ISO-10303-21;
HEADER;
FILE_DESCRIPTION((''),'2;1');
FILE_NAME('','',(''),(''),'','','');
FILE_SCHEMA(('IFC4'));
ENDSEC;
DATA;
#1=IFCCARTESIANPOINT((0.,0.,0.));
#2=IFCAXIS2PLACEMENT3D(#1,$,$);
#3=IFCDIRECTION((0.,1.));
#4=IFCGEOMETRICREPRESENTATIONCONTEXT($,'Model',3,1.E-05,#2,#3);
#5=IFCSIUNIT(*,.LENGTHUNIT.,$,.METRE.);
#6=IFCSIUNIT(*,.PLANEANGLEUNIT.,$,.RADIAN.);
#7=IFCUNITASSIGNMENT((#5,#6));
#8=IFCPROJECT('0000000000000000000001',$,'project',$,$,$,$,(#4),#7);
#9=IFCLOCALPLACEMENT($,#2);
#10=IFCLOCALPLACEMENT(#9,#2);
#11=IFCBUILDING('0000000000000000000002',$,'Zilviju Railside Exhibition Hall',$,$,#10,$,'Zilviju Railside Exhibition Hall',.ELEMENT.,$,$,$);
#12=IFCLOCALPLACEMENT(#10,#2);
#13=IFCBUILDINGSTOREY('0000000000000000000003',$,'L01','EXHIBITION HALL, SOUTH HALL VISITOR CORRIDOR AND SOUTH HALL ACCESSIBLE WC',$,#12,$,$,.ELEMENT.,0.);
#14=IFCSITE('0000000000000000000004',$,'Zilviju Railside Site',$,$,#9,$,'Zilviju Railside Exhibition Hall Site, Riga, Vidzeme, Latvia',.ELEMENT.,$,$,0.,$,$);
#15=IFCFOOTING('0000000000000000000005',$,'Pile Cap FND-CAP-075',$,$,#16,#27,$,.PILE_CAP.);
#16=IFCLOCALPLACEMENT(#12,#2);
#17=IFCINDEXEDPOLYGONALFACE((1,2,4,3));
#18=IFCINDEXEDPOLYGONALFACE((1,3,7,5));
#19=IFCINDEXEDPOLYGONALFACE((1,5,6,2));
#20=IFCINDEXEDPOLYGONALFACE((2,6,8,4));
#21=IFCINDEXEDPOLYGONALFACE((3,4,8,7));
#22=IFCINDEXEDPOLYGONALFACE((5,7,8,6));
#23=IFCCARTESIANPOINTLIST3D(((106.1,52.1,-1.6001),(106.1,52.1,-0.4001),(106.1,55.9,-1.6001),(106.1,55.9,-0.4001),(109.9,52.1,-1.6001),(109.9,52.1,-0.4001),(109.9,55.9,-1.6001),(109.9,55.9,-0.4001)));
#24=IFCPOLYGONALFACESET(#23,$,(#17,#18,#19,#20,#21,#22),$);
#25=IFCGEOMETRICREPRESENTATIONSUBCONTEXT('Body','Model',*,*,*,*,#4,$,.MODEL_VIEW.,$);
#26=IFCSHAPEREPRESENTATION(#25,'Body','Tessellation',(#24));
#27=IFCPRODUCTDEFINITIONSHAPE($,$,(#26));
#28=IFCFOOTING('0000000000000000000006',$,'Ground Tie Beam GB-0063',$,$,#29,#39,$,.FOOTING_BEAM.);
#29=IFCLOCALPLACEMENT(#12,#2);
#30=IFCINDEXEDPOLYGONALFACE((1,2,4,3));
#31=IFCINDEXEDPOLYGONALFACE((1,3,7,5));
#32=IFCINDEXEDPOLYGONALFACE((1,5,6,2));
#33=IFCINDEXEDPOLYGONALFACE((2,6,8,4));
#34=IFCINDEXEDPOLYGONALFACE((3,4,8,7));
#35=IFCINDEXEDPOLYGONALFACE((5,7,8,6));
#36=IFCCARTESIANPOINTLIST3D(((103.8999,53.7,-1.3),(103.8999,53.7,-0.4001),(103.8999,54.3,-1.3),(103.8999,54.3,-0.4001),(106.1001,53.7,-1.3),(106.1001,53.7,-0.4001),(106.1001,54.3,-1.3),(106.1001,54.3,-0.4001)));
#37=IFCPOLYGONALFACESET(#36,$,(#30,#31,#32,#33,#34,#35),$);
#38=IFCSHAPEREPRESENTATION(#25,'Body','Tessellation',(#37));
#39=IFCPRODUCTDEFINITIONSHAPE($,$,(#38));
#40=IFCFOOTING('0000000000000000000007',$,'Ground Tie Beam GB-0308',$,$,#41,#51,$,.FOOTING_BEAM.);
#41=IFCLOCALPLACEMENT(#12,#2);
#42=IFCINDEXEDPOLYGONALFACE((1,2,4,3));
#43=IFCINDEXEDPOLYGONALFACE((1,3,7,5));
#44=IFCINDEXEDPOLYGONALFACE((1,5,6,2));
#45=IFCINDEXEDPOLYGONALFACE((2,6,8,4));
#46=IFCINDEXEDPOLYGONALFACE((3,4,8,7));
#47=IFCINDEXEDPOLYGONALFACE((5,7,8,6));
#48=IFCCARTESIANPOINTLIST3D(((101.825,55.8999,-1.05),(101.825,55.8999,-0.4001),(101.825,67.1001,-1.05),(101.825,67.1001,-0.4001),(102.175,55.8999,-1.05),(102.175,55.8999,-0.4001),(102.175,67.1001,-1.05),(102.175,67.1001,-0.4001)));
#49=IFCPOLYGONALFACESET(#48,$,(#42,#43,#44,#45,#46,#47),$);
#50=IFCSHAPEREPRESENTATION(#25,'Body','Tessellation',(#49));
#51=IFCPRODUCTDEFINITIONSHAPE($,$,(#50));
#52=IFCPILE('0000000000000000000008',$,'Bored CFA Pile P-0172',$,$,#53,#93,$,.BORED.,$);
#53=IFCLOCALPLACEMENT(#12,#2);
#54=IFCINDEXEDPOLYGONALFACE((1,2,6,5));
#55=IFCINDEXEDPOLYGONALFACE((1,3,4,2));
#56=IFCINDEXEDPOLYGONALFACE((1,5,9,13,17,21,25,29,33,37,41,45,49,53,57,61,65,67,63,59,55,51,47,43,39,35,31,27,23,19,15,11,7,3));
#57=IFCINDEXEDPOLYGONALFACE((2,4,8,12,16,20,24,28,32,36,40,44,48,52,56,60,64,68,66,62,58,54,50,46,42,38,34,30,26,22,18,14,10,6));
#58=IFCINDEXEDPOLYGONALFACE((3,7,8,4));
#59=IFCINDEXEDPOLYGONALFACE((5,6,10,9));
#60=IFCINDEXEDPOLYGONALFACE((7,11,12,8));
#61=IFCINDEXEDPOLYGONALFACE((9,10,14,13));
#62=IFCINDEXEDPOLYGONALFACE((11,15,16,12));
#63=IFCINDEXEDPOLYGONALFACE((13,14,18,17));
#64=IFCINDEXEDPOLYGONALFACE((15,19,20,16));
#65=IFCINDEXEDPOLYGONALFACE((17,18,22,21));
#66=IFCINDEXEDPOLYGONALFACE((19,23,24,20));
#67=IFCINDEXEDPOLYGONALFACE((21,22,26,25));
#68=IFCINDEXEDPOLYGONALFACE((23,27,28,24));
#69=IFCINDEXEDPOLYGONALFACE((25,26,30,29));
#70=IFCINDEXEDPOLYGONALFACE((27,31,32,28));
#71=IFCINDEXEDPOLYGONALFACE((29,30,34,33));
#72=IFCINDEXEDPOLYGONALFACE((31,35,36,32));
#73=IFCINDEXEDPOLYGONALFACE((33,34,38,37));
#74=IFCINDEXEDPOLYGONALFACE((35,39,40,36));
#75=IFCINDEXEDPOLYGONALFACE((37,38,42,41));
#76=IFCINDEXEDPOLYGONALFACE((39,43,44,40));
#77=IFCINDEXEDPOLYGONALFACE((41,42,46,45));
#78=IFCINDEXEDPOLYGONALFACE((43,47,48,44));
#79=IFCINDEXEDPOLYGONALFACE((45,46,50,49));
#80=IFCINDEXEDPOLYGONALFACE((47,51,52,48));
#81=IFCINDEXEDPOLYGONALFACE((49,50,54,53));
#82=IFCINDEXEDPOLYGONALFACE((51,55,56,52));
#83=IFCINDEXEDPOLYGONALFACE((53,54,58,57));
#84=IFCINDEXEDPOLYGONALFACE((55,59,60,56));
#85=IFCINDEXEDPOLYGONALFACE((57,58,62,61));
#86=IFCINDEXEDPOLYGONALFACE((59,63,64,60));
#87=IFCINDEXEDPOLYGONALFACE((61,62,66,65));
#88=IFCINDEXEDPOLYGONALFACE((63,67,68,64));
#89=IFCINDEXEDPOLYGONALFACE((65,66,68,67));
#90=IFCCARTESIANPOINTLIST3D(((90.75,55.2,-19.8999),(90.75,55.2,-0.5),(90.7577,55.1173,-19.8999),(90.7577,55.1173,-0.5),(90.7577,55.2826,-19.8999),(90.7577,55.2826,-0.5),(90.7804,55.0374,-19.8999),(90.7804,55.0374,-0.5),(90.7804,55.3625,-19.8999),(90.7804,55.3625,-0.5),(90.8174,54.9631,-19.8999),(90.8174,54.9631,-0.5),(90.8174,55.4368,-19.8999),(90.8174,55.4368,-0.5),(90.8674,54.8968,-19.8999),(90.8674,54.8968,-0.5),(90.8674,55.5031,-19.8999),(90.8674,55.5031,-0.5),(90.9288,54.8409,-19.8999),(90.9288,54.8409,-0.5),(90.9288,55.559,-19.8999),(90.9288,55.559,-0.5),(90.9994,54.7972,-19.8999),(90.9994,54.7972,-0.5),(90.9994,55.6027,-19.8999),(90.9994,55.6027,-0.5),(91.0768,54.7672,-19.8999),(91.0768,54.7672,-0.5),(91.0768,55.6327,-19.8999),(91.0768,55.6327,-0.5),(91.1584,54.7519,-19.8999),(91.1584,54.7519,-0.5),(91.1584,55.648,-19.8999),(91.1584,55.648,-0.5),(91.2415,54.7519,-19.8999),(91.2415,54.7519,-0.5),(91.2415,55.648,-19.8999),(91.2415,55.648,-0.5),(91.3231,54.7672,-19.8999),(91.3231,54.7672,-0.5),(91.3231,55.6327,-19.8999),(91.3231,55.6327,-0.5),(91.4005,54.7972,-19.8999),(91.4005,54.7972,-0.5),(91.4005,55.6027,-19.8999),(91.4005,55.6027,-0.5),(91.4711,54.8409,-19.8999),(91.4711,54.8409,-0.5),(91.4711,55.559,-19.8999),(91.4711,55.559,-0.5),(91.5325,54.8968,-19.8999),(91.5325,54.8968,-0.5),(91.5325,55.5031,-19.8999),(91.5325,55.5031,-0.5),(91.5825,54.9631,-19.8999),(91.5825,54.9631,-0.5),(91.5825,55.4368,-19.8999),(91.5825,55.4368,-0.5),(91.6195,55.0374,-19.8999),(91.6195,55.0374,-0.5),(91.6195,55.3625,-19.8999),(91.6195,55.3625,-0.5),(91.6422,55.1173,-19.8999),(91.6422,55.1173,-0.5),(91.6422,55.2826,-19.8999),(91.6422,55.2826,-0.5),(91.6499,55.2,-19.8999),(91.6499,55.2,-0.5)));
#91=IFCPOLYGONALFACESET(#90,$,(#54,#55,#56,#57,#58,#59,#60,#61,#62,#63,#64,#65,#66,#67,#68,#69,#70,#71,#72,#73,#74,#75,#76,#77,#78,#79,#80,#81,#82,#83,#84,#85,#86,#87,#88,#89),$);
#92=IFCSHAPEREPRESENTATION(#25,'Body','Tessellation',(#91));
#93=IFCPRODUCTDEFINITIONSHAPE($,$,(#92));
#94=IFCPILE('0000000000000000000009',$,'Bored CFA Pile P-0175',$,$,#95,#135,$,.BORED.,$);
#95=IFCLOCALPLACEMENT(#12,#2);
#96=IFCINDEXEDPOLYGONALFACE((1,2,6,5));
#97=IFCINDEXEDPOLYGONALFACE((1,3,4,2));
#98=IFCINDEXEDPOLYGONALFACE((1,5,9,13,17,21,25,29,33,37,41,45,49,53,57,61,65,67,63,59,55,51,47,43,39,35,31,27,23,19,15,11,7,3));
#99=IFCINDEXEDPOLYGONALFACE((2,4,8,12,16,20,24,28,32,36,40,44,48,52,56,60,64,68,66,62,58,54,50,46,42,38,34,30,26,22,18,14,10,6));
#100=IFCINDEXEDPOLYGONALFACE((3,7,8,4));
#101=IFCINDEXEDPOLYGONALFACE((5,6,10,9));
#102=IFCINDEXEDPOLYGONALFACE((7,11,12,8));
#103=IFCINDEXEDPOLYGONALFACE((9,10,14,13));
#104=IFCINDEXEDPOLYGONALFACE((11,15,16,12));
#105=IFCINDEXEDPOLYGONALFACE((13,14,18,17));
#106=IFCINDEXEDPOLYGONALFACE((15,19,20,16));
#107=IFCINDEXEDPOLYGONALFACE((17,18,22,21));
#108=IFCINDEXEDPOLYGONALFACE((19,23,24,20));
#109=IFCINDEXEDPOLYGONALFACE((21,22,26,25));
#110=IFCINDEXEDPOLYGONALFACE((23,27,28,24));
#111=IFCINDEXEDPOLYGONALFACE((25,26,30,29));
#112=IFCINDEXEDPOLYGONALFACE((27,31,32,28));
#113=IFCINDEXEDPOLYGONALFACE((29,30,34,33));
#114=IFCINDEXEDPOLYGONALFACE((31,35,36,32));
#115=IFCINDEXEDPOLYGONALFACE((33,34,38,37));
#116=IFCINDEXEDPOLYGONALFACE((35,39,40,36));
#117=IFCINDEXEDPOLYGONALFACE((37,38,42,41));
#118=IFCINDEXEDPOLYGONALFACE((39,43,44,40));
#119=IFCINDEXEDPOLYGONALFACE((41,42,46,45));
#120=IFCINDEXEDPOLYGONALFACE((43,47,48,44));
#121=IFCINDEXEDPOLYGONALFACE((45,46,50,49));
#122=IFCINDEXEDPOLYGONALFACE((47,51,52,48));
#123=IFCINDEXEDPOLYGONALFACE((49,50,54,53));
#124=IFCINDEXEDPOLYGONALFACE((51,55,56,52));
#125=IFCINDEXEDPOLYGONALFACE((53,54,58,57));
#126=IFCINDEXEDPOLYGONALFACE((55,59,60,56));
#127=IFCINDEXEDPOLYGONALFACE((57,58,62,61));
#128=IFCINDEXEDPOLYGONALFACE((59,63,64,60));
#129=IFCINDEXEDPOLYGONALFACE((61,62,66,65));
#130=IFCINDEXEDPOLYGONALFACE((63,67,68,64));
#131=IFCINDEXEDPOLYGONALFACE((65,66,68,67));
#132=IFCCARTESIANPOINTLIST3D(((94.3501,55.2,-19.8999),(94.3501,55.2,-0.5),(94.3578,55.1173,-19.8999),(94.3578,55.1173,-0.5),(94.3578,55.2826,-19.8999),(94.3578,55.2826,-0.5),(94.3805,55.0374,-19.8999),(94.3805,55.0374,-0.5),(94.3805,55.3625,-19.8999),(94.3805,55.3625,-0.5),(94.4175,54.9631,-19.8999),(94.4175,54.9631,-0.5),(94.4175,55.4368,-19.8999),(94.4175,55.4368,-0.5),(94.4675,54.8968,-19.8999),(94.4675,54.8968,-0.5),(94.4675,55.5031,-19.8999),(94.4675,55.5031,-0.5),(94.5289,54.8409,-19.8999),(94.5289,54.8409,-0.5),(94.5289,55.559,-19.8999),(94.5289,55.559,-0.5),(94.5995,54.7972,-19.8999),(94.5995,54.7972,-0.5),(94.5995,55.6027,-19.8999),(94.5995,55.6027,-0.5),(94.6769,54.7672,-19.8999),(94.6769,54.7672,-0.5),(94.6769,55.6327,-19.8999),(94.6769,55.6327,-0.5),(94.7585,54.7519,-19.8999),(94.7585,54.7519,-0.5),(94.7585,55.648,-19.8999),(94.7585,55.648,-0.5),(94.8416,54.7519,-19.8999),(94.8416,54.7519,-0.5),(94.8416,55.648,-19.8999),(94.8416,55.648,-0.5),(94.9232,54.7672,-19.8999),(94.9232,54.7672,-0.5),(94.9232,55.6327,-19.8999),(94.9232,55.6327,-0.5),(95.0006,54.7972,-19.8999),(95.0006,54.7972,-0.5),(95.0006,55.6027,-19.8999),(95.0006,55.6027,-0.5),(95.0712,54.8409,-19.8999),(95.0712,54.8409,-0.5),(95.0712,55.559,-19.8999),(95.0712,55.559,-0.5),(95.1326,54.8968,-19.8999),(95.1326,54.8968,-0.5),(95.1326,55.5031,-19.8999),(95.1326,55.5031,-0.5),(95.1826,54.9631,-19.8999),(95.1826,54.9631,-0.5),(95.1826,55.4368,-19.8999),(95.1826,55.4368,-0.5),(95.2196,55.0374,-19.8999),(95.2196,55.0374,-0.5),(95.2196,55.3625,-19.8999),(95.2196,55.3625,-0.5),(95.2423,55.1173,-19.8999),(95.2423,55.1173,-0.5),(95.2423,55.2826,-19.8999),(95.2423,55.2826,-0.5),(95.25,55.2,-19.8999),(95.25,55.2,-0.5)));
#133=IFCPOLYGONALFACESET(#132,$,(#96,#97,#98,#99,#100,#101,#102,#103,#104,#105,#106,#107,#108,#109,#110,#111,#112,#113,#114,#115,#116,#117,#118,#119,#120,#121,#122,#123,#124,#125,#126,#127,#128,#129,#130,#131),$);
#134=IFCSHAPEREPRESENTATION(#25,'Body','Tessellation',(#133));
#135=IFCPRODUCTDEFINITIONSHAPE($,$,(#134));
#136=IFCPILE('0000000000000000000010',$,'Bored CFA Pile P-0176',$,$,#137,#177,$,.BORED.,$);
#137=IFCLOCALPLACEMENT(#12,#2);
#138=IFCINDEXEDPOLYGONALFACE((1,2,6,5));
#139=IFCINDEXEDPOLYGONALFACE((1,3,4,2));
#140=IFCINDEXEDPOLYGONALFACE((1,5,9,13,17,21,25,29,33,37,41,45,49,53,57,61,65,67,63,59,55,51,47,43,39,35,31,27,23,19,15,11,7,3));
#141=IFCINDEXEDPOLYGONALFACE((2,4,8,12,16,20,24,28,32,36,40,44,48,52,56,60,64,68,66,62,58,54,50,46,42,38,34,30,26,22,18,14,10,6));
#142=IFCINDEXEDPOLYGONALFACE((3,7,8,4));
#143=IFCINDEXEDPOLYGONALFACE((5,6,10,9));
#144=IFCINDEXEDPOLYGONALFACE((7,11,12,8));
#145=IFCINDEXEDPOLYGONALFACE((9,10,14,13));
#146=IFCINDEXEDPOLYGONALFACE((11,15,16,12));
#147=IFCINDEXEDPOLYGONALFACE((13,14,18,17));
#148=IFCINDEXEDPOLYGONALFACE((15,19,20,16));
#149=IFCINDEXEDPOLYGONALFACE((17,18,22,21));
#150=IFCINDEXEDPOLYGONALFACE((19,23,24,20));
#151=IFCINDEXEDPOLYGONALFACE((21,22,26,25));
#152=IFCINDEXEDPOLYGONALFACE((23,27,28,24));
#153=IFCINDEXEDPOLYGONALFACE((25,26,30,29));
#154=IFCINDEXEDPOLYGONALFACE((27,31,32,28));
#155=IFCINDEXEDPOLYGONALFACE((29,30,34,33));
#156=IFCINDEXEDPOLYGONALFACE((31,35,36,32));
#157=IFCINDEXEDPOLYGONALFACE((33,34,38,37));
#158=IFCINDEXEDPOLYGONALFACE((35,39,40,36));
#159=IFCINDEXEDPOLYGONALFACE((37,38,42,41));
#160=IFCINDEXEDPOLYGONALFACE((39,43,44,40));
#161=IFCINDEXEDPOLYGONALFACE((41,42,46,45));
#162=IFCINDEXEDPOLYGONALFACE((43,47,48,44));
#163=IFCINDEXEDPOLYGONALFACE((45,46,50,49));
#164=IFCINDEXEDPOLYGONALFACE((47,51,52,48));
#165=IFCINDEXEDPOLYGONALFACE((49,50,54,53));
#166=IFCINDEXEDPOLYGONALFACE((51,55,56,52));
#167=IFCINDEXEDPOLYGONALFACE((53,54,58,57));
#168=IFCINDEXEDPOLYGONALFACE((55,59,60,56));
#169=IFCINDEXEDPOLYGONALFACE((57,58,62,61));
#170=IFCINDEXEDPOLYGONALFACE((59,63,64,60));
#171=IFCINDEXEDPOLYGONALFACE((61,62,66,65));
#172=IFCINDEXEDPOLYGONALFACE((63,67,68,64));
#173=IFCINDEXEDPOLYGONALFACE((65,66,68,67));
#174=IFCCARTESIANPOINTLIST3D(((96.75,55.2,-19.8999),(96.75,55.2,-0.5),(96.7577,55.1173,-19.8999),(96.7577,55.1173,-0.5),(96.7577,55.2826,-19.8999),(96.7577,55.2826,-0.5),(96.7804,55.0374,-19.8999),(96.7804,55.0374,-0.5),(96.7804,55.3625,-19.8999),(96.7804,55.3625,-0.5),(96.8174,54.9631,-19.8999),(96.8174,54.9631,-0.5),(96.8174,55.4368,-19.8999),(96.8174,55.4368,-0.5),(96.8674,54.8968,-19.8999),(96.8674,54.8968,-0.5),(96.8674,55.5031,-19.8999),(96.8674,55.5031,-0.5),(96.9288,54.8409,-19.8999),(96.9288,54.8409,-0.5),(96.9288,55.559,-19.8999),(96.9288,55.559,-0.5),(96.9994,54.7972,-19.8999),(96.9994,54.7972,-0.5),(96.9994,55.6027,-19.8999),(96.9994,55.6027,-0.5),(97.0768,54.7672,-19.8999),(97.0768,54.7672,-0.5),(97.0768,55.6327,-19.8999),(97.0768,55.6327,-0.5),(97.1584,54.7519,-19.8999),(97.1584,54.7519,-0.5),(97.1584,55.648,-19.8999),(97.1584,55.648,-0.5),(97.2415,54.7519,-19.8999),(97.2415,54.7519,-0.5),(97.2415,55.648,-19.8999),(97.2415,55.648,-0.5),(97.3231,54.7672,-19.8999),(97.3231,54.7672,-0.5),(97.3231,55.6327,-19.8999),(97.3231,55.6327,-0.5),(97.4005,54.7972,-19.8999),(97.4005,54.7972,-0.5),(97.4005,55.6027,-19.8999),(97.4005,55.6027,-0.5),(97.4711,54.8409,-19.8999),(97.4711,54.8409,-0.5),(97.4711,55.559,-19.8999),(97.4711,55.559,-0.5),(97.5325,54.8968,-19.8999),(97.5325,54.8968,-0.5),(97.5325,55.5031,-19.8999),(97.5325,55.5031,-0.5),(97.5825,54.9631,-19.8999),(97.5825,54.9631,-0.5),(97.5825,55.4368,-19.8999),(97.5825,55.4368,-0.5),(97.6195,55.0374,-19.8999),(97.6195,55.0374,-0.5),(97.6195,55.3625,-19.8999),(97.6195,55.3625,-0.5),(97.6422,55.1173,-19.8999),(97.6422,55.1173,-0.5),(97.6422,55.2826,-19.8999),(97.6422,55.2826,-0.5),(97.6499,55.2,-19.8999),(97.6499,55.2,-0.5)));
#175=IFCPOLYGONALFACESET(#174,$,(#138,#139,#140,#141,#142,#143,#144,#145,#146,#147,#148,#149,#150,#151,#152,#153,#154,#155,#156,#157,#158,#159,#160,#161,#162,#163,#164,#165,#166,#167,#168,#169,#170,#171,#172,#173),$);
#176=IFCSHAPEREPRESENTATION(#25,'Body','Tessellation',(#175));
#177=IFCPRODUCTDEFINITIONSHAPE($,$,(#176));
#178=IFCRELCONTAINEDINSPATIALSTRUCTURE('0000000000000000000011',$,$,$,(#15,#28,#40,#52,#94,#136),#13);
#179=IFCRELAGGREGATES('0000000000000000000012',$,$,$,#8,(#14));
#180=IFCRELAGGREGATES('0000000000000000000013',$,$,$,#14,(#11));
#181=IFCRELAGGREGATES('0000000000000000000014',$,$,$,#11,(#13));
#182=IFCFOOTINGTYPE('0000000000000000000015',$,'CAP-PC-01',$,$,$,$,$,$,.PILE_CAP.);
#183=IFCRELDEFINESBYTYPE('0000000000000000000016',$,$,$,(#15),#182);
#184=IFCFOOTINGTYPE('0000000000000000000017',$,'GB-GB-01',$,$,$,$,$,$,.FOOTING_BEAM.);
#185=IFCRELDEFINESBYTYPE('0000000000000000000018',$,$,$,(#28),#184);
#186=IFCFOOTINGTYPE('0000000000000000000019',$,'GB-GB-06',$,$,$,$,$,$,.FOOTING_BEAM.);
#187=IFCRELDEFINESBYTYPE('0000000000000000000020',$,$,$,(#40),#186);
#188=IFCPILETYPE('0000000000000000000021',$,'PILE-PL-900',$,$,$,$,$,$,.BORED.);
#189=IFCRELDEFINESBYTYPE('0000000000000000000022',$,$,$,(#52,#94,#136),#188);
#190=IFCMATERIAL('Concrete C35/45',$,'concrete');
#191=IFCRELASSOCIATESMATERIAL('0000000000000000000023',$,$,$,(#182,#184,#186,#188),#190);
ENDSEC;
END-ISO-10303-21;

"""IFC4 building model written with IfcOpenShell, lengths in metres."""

from ifc_helpers import new_model, si_unit, direction, frame, origin, origin_2d, place, context, subcontext, project, spatial, rectangle, circle, extrude, material, material_profile, profile_set, type_object, element, save


model = new_model("IFC4")

# Units and contexts
model_context = context("Model", 3, precision=1e-05, world=origin(), true_north=direction((0.0, 1.0)))
body_context = subcontext(model_context, "Body", "Model", "MODEL_VIEW")
ifc_project = project(units=[si_unit("LENGTHUNIT", "METRE"), si_unit("PLANEANGLEUNIT", "RADIAN")], contexts=[model_context])

# Site, building, storey
site_placement = place(None, origin())
site = spatial("IfcSite", under=ifc_project, at=site_placement, Name="Zilviju Railside Site", LongName="Zilviju Railside Exhibition Hall Site, Riga, Vidzeme, Latvia", CompositionType="ELEMENT", RefElevation=0.0)
building_placement = place(site_placement, origin())
building = spatial("IfcBuilding", under=site, at=building_placement, Name="Zilviju Railside Exhibition Hall", LongName="Zilviju Railside Exhibition Hall", CompositionType="ELEMENT")
storey_placement = place(building_placement, origin())
storey = spatial("IfcBuildingStorey", under=building, at=storey_placement, Name="L01", Description="EXHIBITION HALL, SOUTH HALL VISITOR CORRIDOR AND SOUTH HALL ACCESSIBLE WC", CompositionType="ELEMENT", Elevation=0.0)

# Footings
ifc_material_1 = material(Name="Concrete C35/45", Category="concrete")
footing_type_1 = type_object("IfcFootingType", Name="CAP-PC-01", PredefinedType="PILE_CAP", material=ifc_material_1)
footing_1_placement = place(storey_placement, frame((108.0, 54.0, -1.6001), z_axis=(0.0, 0.0, 1.0), x_axis=(1.0, 0.0, 0.0)))
element("IfcFooting", 1, at=footing_1_placement, inside=storey, type_object=footing_type_1, Name="Pile Cap FND-CAP-075", PredefinedType="PILE_CAP", context=body_context, shape_type="SweptSolid", body=[
    extrude(rectangle(XDim=3.8, YDim=3.8, at=origin_2d()), origin(), (0.0, 0.0, 1.0), 1.2),
])
ifc_material_profile_1 = material_profile(ifc_material_1, rectangle(XDim=0.6001, YDim=0.8999, at=origin_2d()), Name="TIE BEAM 600x900")
ifc_profile_set_1 = profile_set([ifc_material_profile_1], Name="Concrete C35/45")
footing_type_2 = type_object("IfcFootingType", Name="GB-GB-01", PredefinedType="FOOTING_BEAM", material=ifc_profile_set_1)
footing_2_placement = place(storey_placement, frame((103.8999, 54.0, -0.8501), z_axis=(1.0, 0.0, 0.0), x_axis=(0.0, 1.0, 0.0)))
element("IfcFooting", 2, at=footing_2_placement, inside=storey, type_object=footing_type_2, Name="Ground Tie Beam GB-0063", PredefinedType="FOOTING_BEAM", context=body_context, shape_type="SweptSolid", body=[
    extrude(rectangle(XDim=0.6001, YDim=0.8999, at=origin_2d()), origin(), (0.0, 0.0, 1.0), 2.2002),
])
ifc_material_profile_2 = material_profile(ifc_material_1, rectangle(XDim=0.3501, YDim=0.6499, at=origin_2d()), Name="TIE BEAM 350x650")
ifc_profile_set_2 = profile_set([ifc_material_profile_2], Name="Concrete C35/45")
footing_type_3 = type_object("IfcFootingType", Name="GB-GB-06", PredefinedType="FOOTING_BEAM", material=ifc_profile_set_2)
footing_3_placement = place(storey_placement, frame((102.0, 55.8999, -0.7251), z_axis=(0.0, 1.0, 0.0), x_axis=(-1.0, 0.0, 0.0)))
element("IfcFooting", 3, at=footing_3_placement, inside=storey, type_object=footing_type_3, Name="Ground Tie Beam GB-0308", PredefinedType="FOOTING_BEAM", context=body_context, shape_type="SweptSolid", body=[
    extrude(rectangle(XDim=0.3501, YDim=0.6499, at=origin_2d()), origin(), (0.0, 0.0, 1.0), 11.2002),
])

# Piles
ifc_material_profile_3 = material_profile(ifc_material_1, circle(Radius=0.45, at=origin_2d()), Name="CFA PILE D900")
ifc_profile_set_3 = profile_set([ifc_material_profile_3], Name="Concrete C35/45")
pile_type = type_object("IfcPileType", Name="PILE-PL-900", PredefinedType="BORED", material=ifc_profile_set_3)
for number, where, z_axis, x_axis, name in (
    (4, (91.2, 55.2, -0.5), (0.0, 0.0, -1.0), (1.0, 0.0, 0.0), "Bored CFA Pile P-0172"),
    (5, (94.8, 55.2, -0.5), (0.0, 0.0, -1.0), (1.0, 0.0, 0.0), "Bored CFA Pile P-0175"),
    (6, (97.2, 55.2, -0.5), (0.0, 0.0, -1.0), (1.0, 0.0, 0.0), "Bored CFA Pile P-0176"),
):
    element("IfcPile", number, at=place(storey_placement, frame(where, z_axis=z_axis, x_axis=x_axis)), inside=storey, type_object=pile_type, Name=name, PredefinedType="BORED", context=body_context, shape_type="SweptSolid", body=[
        extrude(circle(Radius=0.45, at=origin_2d()), origin(), (0.0, 0.0, 1.0), 19.3999),
    ])

save(model, "model.ifc")
